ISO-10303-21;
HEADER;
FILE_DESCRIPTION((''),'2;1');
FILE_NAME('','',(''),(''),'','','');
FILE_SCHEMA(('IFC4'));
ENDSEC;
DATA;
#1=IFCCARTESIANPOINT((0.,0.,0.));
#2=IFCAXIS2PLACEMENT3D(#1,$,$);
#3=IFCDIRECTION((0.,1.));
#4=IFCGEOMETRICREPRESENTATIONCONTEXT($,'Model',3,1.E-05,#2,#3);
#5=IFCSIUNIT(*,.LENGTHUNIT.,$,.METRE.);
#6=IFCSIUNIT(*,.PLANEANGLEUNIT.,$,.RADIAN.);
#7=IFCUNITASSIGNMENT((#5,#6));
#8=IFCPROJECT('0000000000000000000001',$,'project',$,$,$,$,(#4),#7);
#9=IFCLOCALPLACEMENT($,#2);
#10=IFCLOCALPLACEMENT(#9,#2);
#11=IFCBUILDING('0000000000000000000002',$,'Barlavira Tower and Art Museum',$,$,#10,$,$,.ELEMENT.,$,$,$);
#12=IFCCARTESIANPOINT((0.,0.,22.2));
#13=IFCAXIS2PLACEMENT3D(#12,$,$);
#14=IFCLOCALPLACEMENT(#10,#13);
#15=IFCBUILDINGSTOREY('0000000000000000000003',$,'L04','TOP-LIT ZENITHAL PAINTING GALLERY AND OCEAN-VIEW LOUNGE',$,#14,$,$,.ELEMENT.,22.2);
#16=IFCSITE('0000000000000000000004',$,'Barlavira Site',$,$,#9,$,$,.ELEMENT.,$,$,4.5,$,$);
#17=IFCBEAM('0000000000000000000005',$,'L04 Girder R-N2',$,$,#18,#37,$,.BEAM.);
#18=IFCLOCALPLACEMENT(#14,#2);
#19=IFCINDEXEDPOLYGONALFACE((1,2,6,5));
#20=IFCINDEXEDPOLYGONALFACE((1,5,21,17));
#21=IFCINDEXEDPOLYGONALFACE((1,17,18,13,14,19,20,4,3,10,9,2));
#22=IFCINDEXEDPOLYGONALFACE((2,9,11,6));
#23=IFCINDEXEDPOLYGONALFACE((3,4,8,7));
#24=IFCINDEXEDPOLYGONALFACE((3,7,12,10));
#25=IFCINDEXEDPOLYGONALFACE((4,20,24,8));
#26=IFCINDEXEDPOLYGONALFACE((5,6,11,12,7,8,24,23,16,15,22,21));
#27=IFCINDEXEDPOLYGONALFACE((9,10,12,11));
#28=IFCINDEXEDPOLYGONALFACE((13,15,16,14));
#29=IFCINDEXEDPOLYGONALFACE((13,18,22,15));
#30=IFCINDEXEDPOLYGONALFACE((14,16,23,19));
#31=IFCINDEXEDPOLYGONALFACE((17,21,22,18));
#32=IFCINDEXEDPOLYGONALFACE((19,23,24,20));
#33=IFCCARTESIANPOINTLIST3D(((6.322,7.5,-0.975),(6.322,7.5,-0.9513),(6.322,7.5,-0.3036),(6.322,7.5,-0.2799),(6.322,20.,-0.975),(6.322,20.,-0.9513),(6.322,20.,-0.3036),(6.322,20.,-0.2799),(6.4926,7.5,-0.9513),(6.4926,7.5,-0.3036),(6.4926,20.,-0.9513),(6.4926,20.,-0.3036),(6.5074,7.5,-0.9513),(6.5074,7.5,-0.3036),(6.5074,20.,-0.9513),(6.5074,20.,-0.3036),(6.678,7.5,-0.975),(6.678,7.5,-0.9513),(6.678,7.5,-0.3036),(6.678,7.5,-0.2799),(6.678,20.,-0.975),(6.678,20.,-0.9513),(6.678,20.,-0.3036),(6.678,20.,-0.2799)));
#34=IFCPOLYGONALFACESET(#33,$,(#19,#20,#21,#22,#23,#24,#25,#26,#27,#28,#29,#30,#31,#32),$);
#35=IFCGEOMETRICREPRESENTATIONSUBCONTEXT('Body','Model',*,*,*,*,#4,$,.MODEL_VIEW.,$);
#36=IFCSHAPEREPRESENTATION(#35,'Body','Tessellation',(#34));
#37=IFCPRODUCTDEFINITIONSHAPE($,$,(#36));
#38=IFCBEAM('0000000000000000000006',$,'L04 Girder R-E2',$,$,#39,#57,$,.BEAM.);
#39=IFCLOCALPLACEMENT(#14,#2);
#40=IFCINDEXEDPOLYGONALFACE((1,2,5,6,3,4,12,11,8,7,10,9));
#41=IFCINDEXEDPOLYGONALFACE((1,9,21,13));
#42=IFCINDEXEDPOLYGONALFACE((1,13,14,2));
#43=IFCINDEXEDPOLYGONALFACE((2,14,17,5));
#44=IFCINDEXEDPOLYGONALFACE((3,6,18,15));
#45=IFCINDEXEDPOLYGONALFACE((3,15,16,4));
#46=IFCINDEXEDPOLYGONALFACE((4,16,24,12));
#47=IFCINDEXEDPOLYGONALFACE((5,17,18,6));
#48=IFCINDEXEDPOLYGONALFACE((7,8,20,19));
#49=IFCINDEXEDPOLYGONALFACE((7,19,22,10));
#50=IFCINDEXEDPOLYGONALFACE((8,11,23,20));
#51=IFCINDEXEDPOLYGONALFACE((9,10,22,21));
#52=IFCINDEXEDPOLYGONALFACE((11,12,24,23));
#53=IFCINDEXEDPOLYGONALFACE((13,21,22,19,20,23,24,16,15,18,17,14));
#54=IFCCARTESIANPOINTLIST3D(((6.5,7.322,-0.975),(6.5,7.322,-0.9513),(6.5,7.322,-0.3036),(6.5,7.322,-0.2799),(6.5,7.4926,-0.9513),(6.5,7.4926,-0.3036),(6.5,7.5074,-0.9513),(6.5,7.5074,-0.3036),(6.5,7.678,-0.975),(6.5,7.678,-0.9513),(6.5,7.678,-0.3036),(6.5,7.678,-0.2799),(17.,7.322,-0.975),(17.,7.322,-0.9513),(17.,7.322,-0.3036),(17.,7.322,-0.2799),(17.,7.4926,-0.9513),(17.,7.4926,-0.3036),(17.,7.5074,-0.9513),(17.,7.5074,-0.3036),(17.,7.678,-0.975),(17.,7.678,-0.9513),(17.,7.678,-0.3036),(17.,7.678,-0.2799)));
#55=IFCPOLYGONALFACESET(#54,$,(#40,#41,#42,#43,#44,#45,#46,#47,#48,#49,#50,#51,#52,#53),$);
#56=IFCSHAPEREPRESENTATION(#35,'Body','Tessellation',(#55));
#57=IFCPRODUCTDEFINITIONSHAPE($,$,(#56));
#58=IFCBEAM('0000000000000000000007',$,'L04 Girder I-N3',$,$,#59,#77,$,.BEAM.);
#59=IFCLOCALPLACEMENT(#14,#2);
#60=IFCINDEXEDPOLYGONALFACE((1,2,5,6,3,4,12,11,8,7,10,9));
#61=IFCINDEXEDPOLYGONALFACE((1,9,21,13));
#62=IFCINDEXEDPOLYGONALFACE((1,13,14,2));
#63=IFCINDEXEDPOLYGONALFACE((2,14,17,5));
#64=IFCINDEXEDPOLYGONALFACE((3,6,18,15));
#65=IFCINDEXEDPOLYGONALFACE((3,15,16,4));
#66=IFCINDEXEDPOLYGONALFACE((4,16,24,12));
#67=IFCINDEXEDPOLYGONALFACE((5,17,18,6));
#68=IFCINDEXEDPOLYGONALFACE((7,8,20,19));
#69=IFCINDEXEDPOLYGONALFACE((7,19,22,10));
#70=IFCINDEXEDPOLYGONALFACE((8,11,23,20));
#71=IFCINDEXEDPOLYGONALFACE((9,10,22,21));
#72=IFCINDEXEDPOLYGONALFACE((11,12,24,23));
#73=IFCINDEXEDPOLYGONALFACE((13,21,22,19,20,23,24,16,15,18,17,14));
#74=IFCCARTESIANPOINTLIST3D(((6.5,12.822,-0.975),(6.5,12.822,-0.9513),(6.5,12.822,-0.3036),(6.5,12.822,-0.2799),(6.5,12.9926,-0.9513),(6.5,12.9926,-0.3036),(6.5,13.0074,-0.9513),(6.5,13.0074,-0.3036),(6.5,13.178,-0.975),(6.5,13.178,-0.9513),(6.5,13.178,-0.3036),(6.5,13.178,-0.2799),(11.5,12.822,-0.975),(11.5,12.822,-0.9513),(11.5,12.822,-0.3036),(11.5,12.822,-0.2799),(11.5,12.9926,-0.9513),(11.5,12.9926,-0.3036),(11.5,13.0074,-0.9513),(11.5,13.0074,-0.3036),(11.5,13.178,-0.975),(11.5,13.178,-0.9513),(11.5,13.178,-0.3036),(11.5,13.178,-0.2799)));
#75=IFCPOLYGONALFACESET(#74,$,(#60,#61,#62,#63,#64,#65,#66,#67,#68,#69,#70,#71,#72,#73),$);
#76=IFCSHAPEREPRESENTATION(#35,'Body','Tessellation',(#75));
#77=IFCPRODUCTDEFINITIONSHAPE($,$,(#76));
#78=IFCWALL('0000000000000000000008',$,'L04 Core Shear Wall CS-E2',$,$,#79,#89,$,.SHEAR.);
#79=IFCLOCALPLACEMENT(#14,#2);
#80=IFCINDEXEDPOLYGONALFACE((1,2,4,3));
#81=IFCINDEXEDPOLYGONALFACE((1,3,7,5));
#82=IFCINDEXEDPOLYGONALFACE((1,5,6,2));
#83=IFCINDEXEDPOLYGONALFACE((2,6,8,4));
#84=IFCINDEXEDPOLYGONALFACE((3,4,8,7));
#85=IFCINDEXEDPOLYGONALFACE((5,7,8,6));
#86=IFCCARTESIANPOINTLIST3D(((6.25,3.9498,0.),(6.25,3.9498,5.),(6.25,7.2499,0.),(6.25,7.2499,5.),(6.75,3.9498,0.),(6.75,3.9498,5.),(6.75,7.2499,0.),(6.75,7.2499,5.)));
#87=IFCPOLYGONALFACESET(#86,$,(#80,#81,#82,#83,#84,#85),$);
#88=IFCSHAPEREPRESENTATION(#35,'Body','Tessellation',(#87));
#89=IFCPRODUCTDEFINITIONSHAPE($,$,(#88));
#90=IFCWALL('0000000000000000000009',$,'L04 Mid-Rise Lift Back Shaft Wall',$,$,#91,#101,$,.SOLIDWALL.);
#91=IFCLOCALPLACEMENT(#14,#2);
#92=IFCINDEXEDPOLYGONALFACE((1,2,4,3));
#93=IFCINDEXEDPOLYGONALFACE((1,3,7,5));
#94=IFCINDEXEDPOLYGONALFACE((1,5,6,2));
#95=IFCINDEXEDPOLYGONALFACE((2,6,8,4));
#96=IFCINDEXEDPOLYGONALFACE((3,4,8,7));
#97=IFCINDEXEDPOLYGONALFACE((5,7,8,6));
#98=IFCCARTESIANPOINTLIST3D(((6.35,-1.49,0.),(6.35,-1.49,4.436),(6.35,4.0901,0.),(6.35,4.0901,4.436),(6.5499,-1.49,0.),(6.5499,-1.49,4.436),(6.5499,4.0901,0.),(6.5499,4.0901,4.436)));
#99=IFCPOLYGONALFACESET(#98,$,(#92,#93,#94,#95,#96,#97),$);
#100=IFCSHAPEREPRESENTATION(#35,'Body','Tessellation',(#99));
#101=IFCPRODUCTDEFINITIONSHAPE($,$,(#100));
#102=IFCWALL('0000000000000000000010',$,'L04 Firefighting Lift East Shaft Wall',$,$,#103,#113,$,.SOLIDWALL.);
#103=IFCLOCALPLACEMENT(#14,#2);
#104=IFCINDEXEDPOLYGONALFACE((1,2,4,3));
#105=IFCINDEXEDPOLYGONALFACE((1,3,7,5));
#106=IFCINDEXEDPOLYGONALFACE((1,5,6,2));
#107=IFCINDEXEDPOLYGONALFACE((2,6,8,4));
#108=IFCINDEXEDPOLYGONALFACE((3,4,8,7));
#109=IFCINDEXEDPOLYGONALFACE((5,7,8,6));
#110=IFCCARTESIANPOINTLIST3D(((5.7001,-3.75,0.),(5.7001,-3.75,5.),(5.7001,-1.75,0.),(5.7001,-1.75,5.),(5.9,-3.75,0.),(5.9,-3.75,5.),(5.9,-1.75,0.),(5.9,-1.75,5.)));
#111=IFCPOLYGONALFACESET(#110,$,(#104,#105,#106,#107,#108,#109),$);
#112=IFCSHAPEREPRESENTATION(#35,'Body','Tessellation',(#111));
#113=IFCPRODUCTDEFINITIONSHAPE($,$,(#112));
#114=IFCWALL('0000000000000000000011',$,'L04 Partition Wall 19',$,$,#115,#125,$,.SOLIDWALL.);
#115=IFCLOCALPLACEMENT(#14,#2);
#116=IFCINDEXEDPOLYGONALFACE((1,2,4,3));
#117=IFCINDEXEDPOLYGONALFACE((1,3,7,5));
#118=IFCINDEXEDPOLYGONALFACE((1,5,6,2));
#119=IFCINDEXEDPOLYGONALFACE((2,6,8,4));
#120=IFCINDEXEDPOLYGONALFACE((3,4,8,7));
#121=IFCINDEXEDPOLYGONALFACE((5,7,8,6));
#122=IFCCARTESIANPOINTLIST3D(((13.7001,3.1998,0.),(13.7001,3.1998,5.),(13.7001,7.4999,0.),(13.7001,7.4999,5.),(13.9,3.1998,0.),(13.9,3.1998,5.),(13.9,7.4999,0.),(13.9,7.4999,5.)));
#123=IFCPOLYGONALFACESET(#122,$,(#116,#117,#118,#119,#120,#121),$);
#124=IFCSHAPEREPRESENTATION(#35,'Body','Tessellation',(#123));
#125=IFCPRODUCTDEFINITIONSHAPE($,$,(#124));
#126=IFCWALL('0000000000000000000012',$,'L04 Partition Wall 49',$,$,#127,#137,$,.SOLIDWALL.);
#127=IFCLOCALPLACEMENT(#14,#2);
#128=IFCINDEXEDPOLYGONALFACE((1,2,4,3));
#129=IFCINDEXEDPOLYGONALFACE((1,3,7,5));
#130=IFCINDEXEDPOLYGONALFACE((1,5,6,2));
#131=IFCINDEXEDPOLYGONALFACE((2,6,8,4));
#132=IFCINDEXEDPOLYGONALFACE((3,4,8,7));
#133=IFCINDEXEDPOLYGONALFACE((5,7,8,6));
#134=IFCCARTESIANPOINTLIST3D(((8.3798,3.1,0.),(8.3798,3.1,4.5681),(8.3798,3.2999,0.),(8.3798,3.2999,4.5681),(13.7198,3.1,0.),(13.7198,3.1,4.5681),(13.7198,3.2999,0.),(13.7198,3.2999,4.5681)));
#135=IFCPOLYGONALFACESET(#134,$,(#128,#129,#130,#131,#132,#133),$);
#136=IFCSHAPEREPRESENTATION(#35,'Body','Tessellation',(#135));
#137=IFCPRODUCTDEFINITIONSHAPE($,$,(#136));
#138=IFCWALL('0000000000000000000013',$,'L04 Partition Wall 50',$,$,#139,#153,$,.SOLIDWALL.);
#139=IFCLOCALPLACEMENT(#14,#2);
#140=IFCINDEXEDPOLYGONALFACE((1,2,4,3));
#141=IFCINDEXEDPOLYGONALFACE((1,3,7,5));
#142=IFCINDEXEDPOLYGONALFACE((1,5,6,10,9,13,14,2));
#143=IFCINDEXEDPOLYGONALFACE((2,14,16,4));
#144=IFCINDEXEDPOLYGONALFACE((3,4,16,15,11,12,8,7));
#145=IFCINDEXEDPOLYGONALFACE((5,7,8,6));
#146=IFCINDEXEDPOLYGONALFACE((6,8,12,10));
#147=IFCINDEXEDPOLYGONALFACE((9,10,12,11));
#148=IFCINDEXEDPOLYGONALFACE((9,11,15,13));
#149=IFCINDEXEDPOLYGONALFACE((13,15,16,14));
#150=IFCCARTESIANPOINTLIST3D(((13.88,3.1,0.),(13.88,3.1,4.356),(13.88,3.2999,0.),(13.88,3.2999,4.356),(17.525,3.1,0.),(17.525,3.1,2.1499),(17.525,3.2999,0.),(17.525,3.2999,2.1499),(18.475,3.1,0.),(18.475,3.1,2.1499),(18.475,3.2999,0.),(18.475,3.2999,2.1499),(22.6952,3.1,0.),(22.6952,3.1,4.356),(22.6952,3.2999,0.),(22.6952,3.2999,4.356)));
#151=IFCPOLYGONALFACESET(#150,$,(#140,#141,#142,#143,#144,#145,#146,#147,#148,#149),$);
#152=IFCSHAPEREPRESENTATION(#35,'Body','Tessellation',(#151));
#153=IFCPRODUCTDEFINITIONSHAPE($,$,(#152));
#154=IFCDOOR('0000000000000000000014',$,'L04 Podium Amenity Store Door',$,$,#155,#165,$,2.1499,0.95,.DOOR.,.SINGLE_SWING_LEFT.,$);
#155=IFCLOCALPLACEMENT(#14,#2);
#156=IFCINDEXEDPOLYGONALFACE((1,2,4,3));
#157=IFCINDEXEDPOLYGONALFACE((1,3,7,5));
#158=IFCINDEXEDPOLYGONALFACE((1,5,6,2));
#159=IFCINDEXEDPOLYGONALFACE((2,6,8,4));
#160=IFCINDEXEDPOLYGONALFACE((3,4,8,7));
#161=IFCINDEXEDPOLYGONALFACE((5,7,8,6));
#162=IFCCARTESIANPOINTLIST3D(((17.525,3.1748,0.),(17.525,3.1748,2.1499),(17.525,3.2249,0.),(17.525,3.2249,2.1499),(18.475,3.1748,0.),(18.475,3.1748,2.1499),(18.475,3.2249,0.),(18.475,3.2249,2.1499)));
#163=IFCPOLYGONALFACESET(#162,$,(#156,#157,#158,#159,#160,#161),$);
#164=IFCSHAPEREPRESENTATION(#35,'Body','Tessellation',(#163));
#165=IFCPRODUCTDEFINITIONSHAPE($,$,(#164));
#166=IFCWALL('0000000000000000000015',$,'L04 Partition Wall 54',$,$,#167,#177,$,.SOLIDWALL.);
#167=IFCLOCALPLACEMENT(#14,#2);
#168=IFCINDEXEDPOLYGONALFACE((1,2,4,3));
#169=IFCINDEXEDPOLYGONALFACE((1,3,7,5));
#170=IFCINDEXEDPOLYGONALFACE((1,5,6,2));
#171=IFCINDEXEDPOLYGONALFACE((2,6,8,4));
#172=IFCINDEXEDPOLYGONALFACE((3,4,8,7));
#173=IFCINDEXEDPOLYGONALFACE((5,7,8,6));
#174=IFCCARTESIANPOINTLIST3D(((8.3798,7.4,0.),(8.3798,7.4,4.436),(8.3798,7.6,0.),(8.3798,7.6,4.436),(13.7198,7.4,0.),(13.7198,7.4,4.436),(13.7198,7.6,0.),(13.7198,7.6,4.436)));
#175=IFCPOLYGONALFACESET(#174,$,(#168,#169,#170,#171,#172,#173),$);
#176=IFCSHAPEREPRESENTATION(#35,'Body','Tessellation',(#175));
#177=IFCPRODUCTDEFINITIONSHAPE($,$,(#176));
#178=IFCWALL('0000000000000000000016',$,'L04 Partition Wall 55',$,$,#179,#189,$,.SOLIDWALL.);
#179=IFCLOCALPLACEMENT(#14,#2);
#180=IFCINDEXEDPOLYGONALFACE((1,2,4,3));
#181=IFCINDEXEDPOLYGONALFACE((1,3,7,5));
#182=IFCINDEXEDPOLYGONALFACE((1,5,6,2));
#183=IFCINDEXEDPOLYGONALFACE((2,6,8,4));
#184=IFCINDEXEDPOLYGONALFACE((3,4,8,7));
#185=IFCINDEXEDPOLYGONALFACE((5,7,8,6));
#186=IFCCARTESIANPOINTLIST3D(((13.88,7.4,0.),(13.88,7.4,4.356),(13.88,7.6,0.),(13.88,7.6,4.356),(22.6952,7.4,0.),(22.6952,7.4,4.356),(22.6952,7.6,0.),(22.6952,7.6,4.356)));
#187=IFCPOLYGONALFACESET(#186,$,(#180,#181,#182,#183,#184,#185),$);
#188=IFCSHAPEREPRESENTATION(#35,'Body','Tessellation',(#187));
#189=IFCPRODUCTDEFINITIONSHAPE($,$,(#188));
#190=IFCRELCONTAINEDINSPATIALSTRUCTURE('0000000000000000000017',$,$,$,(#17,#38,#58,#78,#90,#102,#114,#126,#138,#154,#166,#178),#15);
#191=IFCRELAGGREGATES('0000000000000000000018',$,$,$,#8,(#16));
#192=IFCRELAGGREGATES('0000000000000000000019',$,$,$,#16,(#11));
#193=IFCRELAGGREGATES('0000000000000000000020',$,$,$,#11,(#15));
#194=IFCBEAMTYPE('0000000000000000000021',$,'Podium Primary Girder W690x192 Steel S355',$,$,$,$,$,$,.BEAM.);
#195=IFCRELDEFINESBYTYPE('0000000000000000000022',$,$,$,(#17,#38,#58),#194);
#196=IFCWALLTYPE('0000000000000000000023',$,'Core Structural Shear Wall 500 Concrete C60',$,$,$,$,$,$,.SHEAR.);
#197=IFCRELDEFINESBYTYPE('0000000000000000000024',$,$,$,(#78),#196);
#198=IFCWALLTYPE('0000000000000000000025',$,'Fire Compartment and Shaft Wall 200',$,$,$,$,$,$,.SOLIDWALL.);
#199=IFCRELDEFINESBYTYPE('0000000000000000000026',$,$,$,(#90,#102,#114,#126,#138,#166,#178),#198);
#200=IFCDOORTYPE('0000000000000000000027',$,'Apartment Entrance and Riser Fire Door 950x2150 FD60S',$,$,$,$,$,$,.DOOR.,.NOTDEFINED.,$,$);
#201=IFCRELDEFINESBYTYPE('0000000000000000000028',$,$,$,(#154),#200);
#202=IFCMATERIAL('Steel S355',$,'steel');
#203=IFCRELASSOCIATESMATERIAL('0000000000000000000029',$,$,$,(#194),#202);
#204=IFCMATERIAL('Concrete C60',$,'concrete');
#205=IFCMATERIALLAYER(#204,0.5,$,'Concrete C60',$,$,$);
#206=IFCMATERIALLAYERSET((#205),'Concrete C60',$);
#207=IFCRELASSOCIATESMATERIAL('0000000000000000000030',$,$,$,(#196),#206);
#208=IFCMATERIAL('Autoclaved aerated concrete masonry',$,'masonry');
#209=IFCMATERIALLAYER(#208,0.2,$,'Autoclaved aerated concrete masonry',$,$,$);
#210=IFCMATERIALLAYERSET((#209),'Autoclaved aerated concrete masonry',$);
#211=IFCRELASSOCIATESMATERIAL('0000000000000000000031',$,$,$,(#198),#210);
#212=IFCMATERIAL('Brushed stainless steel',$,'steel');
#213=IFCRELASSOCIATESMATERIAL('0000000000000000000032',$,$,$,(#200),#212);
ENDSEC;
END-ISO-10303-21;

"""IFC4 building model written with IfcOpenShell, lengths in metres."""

from ifc_helpers import new_model, si_unit, direction, frame, frame_2d, origin, origin_2d, place, context, subcontext, project, spatial, rectangle, i_section, extrude, material, layer, layer_set, material_profile, profile_set, type_object, element, fill, save


model = new_model("IFC4")

# Units and contexts
model_context = context("Model", 3, precision=1e-05, world=origin(), true_north=direction((0.0, 1.0)))
body_context = subcontext(model_context, "Body", "Model", "MODEL_VIEW")
ifc_project = project(units=[si_unit("LENGTHUNIT", "METRE"), si_unit("PLANEANGLEUNIT", "RADIAN")], contexts=[model_context])

# Site, building, storey
site_placement = place(None, origin())
site = spatial("IfcSite", under=ifc_project, at=site_placement, Name="Barlavira Site", CompositionType="ELEMENT", RefElevation=4.5)
building_placement = place(site_placement, origin())
building = spatial("IfcBuilding", under=site, at=building_placement, Name="Barlavira Tower and Art Museum", CompositionType="ELEMENT")
storey_placement = place(building_placement, frame((0.0, 0.0, 22.2)))
storey = spatial("IfcBuildingStorey", under=building, at=storey_placement, Name="L04", Description="TOP-LIT ZENITHAL PAINTING GALLERY AND OCEAN-VIEW LOUNGE", CompositionType="ELEMENT", Elevation=22.2)

# Shared definitions
ifc_material_1 = material(Name="Steel S355", Category="steel")
ifc_material_2 = material(Name="Concrete C60", Category="concrete")

# Beams
ifc_material_profile_1 = material_profile(ifc_material_1, i_section(OverallWidth=0.356, OverallDepth=0.6951, WebThickness=0.0149, FlangeThickness=0.0237, at=origin_2d()), Name="W690x192.0")
ifc_profile_set_1 = profile_set([ifc_material_profile_1], Name="Steel S355")
beam_type_1 = type_object("IfcBeamType", Name="Podium Primary Girder W690x192 Steel S355", PredefinedType="BEAM", material=ifc_profile_set_1)
beam_1_placement = place(storey_placement, frame((6.5, 7.5, -0.6274), z_axis=(0.0, 1.0, 0.0), x_axis=(-1.0, 0.0, 0.0)))
element("IfcBeam", 1, at=beam_1_placement, inside=storey, type_object=beam_type_1, Name="L04 Girder R-N2", PredefinedType="BEAM", context=body_context, shape_type="SweptSolid", body=[
    extrude(i_section(OverallWidth=0.356, OverallDepth=0.6951, WebThickness=0.0149, FlangeThickness=0.0237, at=origin_2d()), origin(), (0.0, 0.0, 1.0), 12.5),
])
beam_2_placement = place(storey_placement, frame((6.5, 7.5, -0.6274), z_axis=(1.0, 0.0, 0.0), x_axis=(0.0, 1.0, 0.0)))
element("IfcBeam", 2, at=beam_2_placement, inside=storey, type_object=beam_type_1, Name="L04 Girder R-E2", PredefinedType="BEAM", context=body_context, shape_type="SweptSolid", body=[
    extrude(i_section(OverallWidth=0.356, OverallDepth=0.6951, WebThickness=0.0149, FlangeThickness=0.0237, at=origin_2d()), origin(), (0.0, 0.0, 1.0), 10.5),
])
beam_3_placement = place(storey_placement, frame((6.5, 13.0, -0.6274), z_axis=(1.0, 0.0, 0.0), x_axis=(0.0, 1.0, 0.0)))
element("IfcBeam", 3, at=beam_3_placement, inside=storey, type_object=beam_type_1, Name="L04 Girder I-N3", PredefinedType="BEAM", context=body_context, shape_type="SweptSolid", body=[
    extrude(i_section(OverallWidth=0.356, OverallDepth=0.6951, WebThickness=0.0149, FlangeThickness=0.0237, at=origin_2d()), origin(), (0.0, 0.0, 1.0), 5.0),
])

# Shared definitions
ifc_layer_1 = layer(ifc_material_2, 0.5, Name="Concrete C60")
ifc_layer_set_1 = layer_set([ifc_layer_1], Name="Concrete C60")
wall_type_1 = type_object("IfcWallType", Name="Core Structural Shear Wall 500 Concrete C60", PredefinedType="SHEAR", material=ifc_layer_set_1)
ifc_material_3 = material(Name="Brushed stainless steel", Category="steel")

# Walls
wall_1_placement = place(storey_placement, frame((6.5, 3.95, 0.0), z_axis=(0.0, 0.0, 1.0), x_axis=(0.0, 1.0, 0.0)))
element("IfcWall", 4, at=wall_1_placement, inside=storey, type_object=wall_type_1, Name="L04 Core Shear Wall CS-E2", PredefinedType="SHEAR", context=body_context, shape_type="SweptSolid", body=[
    extrude(rectangle(XDim=3.3, YDim=0.5, at=frame_2d((1.6499, 0.0))), origin(), (0.0, 0.0, 1.0), 5.0),
])
ifc_material_4 = material(Name="Autoclaved aerated concrete masonry", Category="masonry")
ifc_layer_2 = layer(ifc_material_4, 0.2, Name="Autoclaved aerated concrete masonry")
ifc_layer_set_2 = layer_set([ifc_layer_2], Name="Autoclaved aerated concrete masonry")
wall_type_2 = type_object("IfcWallType", Name="Fire Compartment and Shaft Wall 200", PredefinedType="SOLIDWALL", material=ifc_layer_set_2)
wall_2_placement = place(storey_placement, frame((6.45, -1.49, 0.0), z_axis=(0.0, 0.0, 1.0), x_axis=(0.0, 1.0, 0.0)))
element("IfcWall", 5, at=wall_2_placement, inside=storey, type_object=wall_type_2, Name="L04 Mid-Rise Lift Back Shaft Wall", PredefinedType="SOLIDWALL", context=body_context, shape_type="SweptSolid", body=[
    extrude(rectangle(XDim=5.5801, YDim=0.2, at=frame_2d((2.79, 0.0))), origin(), (0.0, 0.0, 1.0), 4.436),
])
wall_3_placement = place(storey_placement, frame((5.8, -3.75, 0.0), z_axis=(0.0, 0.0, 1.0), x_axis=(0.0, 1.0, 0.0)))
element("IfcWall", 6, at=wall_3_placement, inside=storey, type_object=wall_type_2, Name="L04 Firefighting Lift East Shaft Wall", PredefinedType="SOLIDWALL", context=body_context, shape_type="SweptSolid", body=[
    extrude(rectangle(XDim=2.0, YDim=0.2, at=frame_2d((1.0, 0.0))), origin(), (0.0, 0.0, 1.0), 5.0),
])
wall_4_placement = place(storey_placement, frame((13.8, 3.2, 0.0), z_axis=(0.0, 0.0, 1.0), x_axis=(0.0, 1.0, 0.0)))
element("IfcWall", 7, at=wall_4_placement, inside=storey, type_object=wall_type_2, Name="L04 Partition Wall 19", PredefinedType="SOLIDWALL", context=body_context, shape_type="SweptSolid", body=[
    extrude(rectangle(XDim=4.3, YDim=0.2, at=frame_2d((2.1499, 0.0))), origin(), (0.0, 0.0, 1.0), 5.0),
])
wall_5_placement = place(storey_placement, frame((8.3799, 3.2, 0.0), z_axis=(0.0, 0.0, 1.0), x_axis=(1.0, 0.0, 0.0)))
element("IfcWall", 8, at=wall_5_placement, inside=storey, type_object=wall_type_2, Name="L04 Partition Wall 49", PredefinedType="SOLIDWALL", context=body_context, shape_type="SweptSolid", body=[
    extrude(rectangle(XDim=5.3401, YDim=0.2, at=frame_2d((2.6699, 0.0))), origin(), (0.0, 0.0, 1.0), 4.5681),
])

# Wall, opening, door
wall_6_placement = place(storey_placement, frame((13.8799, 3.2, 0.0), z_axis=(0.0, 0.0, 1.0), x_axis=(1.0, 0.0, 0.0)))
wall_6 = element("IfcWall", 9, at=wall_6_placement, inside=storey, type_object=wall_type_2, Name="L04 Partition Wall 50", PredefinedType="SOLIDWALL", context=body_context, shape_type="SweptSolid", body=[
    extrude(rectangle(XDim=8.8152, YDim=0.2, at=frame_2d((4.4077, 0.0))), origin(), (0.0, 0.0, 1.0), 4.356),
])
opening_1_placement = place(wall_6_placement, frame((3.645, 0.0, 0.0)))
opening_1 = element("IfcOpeningElement", 10, at=opening_1_placement, cuts=wall_6, PredefinedType="OPENING", context=body_context, shape_type="SweptSolid", body=[
    extrude(rectangle(XDim=0.95, YDim=2.1499, at=frame_2d((0.4751, 1.075))), frame((0.0, 0.1099, 0.0), z_axis=(0.0, -1.0, 0.0), x_axis=(1.0, 0.0, 0.0)), (0.0, 0.0, 1.0), 0.22),
])
door_type_1 = type_object("IfcDoorType", Name="Apartment Entrance and Riser Fire Door 950x2150 FD60S", OperationType="NOTDEFINED", PredefinedType="DOOR", material=ifc_material_3)
door_1_placement = place(opening_1_placement, origin())
door_1 = element("IfcDoor", 11, at=door_1_placement, inside=storey, type_object=door_type_1, Name="L04 Podium Amenity Store Door", OperationType="SINGLE_SWING_LEFT", OverallHeight=2.1499, OverallWidth=0.95, PredefinedType="DOOR", context=body_context, shape_type="SweptSolid", body=[
    extrude(rectangle(XDim=0.95, YDim=2.1499, at=frame_2d((0.4751, 1.075))), frame((0.0, 0.0249, 0.0), z_axis=(0.0, -1.0, 0.0), x_axis=(1.0, 0.0, 0.0)), (0.0, 0.0, 1.0), 0.05),
])
fill(opening_1, door_1)

# Walls
wall_7_placement = place(storey_placement, frame((8.3799, 7.5, 0.0), z_axis=(0.0, 0.0, 1.0), x_axis=(1.0, 0.0, 0.0)))
element("IfcWall", 12, at=wall_7_placement, inside=storey, type_object=wall_type_2, Name="L04 Partition Wall 54", PredefinedType="SOLIDWALL", context=body_context, shape_type="SweptSolid", body=[
    extrude(rectangle(XDim=5.3401, YDim=0.2, at=frame_2d((2.6699, 0.0))), origin(), (0.0, 0.0, 1.0), 4.436),
])
wall_8_placement = place(storey_placement, frame((13.8799, 7.5, 0.0), z_axis=(0.0, 0.0, 1.0), x_axis=(1.0, 0.0, 0.0)))
element("IfcWall", 13, at=wall_8_placement, inside=storey, type_object=wall_type_2, Name="L04 Partition Wall 55", PredefinedType="SOLIDWALL", context=body_context, shape_type="SweptSolid", body=[
    extrude(rectangle(XDim=8.8152, YDim=0.2, at=frame_2d((4.4077, 0.0))), origin(), (0.0, 0.0, 1.0), 4.356),
])

save(model, "model.ifc")
